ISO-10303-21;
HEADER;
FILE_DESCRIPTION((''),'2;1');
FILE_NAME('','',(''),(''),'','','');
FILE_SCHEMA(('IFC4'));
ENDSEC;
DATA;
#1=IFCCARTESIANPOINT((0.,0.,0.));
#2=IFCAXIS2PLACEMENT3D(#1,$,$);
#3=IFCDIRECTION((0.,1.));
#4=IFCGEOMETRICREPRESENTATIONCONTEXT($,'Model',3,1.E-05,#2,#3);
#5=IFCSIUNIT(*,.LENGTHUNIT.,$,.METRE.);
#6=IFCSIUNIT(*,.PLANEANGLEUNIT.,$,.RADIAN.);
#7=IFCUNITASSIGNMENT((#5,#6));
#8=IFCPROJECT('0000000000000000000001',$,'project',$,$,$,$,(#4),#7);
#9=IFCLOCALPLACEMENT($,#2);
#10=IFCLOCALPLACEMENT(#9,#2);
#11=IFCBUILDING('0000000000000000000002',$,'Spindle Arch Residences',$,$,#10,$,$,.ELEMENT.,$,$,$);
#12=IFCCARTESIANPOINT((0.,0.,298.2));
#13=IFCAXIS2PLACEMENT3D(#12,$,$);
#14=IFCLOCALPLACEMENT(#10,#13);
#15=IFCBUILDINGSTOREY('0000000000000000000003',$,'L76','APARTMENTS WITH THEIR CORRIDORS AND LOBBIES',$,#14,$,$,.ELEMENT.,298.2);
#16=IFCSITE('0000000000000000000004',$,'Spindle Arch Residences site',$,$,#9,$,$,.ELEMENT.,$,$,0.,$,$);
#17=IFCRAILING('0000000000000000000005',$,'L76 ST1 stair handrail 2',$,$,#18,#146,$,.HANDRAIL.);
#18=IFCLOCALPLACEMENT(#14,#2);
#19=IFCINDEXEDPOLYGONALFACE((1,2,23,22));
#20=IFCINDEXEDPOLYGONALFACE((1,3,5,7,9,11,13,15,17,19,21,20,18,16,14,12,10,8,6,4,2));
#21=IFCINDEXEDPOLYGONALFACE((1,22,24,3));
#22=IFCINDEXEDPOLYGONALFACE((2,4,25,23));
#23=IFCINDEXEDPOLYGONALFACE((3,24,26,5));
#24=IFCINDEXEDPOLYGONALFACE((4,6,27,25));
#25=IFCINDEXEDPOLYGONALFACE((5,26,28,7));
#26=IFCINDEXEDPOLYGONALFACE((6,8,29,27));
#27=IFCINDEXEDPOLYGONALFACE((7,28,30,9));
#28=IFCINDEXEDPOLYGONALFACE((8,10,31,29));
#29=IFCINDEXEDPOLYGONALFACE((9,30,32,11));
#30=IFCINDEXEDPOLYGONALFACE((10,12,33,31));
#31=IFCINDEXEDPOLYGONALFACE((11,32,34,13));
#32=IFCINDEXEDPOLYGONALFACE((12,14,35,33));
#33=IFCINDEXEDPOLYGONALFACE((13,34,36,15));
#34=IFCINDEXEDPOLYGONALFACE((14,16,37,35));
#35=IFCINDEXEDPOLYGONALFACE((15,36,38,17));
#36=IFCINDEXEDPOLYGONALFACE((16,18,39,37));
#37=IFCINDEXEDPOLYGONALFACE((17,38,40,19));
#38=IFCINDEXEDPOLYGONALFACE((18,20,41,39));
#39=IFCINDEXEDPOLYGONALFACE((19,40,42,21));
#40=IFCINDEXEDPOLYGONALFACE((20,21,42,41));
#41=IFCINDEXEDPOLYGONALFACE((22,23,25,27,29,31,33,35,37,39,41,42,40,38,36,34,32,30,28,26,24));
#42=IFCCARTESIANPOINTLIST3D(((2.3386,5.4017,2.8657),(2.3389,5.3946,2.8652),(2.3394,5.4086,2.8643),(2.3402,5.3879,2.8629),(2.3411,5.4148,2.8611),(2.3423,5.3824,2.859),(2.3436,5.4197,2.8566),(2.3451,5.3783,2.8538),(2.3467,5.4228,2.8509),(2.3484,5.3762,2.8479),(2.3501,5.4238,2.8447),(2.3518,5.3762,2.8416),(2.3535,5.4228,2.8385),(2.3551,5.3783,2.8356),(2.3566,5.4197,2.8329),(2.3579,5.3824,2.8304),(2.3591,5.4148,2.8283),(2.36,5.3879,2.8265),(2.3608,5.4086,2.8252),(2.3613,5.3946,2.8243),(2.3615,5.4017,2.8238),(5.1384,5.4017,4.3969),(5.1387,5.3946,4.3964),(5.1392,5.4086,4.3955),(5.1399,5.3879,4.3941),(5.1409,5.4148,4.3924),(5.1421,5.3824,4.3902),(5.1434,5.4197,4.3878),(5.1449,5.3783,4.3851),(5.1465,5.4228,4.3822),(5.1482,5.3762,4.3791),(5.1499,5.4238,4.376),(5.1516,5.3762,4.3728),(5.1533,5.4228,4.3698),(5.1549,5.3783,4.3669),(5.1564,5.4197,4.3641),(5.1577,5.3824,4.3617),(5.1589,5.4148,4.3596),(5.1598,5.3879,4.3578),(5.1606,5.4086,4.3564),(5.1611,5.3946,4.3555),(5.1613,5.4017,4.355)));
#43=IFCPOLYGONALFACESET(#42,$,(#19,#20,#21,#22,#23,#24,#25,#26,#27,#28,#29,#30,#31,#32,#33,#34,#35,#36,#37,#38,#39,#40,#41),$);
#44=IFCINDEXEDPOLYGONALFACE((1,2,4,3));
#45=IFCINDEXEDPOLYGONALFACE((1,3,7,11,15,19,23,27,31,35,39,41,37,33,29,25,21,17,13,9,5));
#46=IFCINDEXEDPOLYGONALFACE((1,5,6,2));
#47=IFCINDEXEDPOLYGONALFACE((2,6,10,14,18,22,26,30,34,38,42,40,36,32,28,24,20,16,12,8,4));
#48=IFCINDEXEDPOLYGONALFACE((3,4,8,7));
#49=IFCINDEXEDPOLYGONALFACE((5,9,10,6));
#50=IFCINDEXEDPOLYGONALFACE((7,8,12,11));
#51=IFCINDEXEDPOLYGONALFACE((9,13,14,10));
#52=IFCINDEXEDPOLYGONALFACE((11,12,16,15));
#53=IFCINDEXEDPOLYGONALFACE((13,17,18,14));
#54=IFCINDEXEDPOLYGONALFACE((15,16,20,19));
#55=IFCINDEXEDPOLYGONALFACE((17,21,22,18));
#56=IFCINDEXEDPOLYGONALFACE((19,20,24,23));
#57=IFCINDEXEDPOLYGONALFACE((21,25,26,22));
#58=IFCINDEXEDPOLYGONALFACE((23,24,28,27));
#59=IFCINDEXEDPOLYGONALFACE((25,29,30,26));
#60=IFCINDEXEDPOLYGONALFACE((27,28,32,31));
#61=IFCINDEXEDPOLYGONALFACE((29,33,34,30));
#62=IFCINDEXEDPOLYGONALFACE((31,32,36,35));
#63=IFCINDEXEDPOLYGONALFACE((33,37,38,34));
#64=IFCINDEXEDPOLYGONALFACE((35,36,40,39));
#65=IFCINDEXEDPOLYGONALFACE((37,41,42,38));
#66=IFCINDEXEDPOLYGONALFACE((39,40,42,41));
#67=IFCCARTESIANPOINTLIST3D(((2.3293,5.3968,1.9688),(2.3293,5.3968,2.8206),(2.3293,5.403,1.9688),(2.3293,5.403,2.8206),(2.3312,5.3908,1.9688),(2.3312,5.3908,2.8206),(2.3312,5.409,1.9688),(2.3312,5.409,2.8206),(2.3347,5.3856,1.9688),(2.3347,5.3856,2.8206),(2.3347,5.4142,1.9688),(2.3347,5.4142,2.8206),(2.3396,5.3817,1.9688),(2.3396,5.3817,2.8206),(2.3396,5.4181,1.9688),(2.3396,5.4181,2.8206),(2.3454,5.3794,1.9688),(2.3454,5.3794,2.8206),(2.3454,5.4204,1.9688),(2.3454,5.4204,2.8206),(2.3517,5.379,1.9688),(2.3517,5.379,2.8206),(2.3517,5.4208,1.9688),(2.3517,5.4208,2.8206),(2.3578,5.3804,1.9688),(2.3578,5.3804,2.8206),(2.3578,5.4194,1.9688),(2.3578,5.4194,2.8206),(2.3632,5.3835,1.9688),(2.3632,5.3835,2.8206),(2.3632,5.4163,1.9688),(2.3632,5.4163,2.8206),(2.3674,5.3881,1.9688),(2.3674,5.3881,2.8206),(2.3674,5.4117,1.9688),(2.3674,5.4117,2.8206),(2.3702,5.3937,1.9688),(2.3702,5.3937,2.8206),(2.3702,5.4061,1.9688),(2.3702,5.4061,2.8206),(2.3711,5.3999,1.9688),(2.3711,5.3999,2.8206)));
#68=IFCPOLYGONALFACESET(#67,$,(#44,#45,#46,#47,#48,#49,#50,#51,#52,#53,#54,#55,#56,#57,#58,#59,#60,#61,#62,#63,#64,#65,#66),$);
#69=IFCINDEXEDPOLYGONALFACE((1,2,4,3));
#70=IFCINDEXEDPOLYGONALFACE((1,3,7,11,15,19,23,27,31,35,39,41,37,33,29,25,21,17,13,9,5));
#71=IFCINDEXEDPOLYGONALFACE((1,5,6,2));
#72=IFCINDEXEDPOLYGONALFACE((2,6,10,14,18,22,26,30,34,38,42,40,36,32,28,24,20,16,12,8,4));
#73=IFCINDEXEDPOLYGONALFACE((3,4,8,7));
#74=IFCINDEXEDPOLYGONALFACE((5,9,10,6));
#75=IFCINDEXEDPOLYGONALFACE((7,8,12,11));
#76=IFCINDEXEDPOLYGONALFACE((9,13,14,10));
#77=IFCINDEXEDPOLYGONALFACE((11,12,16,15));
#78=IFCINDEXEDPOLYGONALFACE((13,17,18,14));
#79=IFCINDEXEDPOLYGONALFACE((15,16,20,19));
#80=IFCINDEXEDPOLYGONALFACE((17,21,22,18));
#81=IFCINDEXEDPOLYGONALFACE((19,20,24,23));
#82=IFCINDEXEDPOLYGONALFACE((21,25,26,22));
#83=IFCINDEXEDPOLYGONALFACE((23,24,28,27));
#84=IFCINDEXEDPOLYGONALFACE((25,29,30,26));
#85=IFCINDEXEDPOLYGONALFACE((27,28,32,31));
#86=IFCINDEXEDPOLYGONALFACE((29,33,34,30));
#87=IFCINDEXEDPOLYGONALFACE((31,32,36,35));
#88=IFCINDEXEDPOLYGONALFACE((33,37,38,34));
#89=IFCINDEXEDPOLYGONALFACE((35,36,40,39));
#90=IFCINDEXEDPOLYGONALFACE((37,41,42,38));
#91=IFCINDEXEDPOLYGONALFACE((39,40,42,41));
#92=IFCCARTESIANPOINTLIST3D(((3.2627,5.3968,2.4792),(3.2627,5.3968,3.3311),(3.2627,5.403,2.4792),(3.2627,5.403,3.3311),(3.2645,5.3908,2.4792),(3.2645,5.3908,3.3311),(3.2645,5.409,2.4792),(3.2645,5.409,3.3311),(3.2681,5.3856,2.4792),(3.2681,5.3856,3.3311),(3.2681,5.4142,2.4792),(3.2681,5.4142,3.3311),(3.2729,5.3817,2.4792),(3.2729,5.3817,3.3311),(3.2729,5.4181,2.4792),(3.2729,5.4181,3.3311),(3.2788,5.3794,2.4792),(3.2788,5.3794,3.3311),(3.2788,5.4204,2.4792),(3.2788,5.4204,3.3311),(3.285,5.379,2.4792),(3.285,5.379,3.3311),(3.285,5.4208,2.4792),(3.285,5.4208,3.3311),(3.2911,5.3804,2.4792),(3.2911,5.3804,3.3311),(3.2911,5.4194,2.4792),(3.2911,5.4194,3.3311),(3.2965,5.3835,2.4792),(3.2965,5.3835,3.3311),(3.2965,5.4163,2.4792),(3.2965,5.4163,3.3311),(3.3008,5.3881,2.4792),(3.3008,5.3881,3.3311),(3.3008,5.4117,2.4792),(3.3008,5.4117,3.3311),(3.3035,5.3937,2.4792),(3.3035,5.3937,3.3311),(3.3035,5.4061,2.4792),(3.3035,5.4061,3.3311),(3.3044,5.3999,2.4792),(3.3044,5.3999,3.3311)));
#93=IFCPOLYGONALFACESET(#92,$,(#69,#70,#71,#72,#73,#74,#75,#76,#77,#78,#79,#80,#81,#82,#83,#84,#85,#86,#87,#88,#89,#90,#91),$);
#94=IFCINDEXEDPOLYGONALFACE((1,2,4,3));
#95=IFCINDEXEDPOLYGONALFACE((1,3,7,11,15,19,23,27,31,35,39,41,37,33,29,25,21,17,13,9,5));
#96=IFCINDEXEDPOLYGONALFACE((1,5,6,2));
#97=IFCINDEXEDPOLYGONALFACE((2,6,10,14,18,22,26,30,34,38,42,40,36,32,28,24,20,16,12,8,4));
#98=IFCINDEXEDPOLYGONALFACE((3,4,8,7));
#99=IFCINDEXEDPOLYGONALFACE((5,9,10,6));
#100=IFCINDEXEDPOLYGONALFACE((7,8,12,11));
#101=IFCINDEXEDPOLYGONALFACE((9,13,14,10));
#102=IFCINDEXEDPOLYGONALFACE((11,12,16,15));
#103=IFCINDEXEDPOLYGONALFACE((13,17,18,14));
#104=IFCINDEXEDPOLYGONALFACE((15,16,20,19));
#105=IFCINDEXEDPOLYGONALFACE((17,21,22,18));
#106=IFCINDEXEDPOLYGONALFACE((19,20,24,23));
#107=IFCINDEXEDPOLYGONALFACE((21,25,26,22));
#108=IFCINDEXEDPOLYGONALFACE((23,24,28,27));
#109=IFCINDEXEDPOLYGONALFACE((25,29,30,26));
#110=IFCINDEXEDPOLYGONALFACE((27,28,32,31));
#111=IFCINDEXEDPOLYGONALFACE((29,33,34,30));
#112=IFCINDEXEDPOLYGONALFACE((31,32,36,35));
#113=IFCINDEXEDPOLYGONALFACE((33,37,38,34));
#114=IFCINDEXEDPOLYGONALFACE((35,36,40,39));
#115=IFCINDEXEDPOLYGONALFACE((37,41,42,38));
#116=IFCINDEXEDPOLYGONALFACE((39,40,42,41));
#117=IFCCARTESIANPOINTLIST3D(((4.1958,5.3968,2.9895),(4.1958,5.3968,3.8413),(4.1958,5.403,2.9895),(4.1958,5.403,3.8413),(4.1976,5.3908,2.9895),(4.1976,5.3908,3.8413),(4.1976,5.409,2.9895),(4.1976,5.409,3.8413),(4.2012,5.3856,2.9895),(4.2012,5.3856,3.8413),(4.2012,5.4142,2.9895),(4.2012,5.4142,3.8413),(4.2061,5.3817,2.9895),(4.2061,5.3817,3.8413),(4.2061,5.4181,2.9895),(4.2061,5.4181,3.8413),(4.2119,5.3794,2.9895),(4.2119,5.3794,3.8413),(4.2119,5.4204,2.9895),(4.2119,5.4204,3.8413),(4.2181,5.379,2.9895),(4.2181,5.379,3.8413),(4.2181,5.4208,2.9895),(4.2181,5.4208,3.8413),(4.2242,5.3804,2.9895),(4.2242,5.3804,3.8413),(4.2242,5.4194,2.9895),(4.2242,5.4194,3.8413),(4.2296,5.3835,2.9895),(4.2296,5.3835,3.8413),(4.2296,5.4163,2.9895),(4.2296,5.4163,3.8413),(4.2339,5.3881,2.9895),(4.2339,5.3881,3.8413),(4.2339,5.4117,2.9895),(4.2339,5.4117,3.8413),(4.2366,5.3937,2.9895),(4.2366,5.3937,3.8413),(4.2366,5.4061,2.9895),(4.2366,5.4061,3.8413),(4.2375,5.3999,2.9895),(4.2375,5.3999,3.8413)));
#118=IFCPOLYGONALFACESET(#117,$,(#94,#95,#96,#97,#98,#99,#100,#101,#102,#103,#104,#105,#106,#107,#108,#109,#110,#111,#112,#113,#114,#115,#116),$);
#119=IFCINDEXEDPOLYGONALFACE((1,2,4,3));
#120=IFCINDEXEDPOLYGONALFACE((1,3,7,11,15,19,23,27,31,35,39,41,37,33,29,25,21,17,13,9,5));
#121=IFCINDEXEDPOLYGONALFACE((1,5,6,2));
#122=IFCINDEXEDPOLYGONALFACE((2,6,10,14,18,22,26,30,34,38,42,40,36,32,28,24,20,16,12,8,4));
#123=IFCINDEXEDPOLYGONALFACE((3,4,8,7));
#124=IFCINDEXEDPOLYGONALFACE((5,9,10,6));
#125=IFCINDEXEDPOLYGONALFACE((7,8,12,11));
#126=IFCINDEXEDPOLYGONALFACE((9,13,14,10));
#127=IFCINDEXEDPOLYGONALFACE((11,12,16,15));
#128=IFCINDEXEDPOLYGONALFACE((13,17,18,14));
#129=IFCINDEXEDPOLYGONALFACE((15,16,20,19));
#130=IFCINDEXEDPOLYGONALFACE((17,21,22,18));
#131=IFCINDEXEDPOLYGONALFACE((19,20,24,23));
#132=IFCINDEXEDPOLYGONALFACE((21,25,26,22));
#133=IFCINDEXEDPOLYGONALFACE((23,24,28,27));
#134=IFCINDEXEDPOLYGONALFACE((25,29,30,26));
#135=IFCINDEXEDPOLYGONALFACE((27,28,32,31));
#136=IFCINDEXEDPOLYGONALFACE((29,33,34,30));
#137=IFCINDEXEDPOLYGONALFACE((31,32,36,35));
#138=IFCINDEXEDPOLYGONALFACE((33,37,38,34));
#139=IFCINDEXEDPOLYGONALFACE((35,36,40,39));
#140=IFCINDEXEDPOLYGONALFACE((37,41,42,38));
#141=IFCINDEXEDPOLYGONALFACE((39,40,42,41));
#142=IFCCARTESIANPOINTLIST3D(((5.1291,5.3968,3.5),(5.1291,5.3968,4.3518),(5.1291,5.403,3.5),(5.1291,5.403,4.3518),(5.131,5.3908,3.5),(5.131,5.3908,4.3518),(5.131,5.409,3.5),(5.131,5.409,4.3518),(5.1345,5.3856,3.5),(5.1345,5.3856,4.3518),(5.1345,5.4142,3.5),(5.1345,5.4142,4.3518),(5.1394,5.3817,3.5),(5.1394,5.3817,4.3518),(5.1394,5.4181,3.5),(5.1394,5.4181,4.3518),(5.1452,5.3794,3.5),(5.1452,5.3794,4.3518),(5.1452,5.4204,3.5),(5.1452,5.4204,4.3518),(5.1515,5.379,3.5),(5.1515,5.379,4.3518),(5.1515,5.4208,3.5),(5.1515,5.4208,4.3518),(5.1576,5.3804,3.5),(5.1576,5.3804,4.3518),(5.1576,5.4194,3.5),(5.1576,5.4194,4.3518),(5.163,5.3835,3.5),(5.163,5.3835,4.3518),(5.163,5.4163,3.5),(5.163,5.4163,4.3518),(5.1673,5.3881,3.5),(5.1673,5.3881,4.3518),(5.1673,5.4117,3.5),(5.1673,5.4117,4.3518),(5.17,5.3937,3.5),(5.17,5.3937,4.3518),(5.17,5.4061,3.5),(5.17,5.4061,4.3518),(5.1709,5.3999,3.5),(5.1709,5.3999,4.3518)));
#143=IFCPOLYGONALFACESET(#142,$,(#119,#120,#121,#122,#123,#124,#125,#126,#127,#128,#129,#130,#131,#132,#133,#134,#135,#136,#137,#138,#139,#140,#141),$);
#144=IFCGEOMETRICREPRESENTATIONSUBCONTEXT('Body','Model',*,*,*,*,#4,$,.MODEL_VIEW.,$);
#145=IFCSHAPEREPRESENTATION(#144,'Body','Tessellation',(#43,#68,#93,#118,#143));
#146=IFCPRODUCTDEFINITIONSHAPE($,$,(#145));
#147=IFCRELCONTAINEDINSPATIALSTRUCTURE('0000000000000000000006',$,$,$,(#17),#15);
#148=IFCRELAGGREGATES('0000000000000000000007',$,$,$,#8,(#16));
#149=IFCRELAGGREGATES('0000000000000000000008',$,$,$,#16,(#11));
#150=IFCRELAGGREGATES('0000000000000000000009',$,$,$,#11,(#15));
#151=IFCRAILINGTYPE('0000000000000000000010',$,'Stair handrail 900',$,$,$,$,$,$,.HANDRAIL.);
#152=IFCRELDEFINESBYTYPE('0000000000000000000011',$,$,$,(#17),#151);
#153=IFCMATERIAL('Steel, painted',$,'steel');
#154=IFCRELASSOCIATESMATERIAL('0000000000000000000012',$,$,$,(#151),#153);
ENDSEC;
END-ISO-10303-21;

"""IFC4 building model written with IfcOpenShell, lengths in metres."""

from ifc_helpers import new_model, si_unit, direction, frame, origin, origin_2d, place, context, subcontext, project, spatial, circle, extrude, material, type_object, element, save


model = new_model("IFC4")

# Units and contexts
model_context = context("Model", 3, precision=1e-05, world=origin(), true_north=direction((0.0, 1.0)))
body_context = subcontext(model_context, "Body", "Model", "MODEL_VIEW")
ifc_project = project(units=[si_unit("LENGTHUNIT", "METRE"), si_unit("PLANEANGLEUNIT", "RADIAN")], contexts=[model_context])

# Site, building, storey
site_placement = place(None, origin())
site = spatial("IfcSite", under=ifc_project, at=site_placement, Name="Spindle Arch Residences site", CompositionType="ELEMENT", RefElevation=0.0)
building_placement = place(site_placement, origin())
building = spatial("IfcBuilding", under=site, at=building_placement, Name="Spindle Arch Residences", CompositionType="ELEMENT")
storey_placement = place(building_placement, frame((0.0, 0.0, 298.2)))
storey = spatial("IfcBuildingStorey", under=building, at=storey_placement, Name="L76", Description="APARTMENTS WITH THEIR CORRIDORS AND LOBBIES", CompositionType="ELEMENT", Elevation=298.2)

# Railing
ifc_material_1 = material(Name="Steel, painted", Category="steel")
railing_type_1 = type_object("IfcRailingType", Name="Stair handrail 900", PredefinedType="HANDRAIL", material=ifc_material_1)
railing_1_placement = place(storey_placement, frame((2.3501, 5.3999, 1.9688)))
element("IfcRailing", 1, at=railing_1_placement, inside=storey, type_object=railing_type_1, Name="L76 ST1 stair handrail 2", PredefinedType="HANDRAIL", context=body_context, shape_type="SweptSolid", body=[
    extrude(circle(Radius=0.0239, at=origin_2d()), frame((0.0, 0.0, 0.876), z_axis=(0.877357, 0.0, 0.479838), x_axis=(0.0, 1.0, 0.0)), (0.0, 0.0, 1.0), 3.1912),
    extrude(circle(Radius=0.021, at=origin_2d()), origin(), (0.0, 0.0, 1.0), 0.8518),
    extrude(circle(Radius=0.021, at=origin_2d()), frame((0.9333, 0.0, 0.5105)), (0.0, 0.0, 1.0), 0.8518),
    extrude(circle(Radius=0.021, at=origin_2d()), frame((1.8665, 0.0, 1.0208)), (0.0, 0.0, 1.0), 0.8518),
    extrude(circle(Radius=0.021, at=origin_2d()), frame((2.7998, 0.0, 1.5312)), (0.0, 0.0, 1.0), 0.8518),
])

save(model, "model.ifc")
